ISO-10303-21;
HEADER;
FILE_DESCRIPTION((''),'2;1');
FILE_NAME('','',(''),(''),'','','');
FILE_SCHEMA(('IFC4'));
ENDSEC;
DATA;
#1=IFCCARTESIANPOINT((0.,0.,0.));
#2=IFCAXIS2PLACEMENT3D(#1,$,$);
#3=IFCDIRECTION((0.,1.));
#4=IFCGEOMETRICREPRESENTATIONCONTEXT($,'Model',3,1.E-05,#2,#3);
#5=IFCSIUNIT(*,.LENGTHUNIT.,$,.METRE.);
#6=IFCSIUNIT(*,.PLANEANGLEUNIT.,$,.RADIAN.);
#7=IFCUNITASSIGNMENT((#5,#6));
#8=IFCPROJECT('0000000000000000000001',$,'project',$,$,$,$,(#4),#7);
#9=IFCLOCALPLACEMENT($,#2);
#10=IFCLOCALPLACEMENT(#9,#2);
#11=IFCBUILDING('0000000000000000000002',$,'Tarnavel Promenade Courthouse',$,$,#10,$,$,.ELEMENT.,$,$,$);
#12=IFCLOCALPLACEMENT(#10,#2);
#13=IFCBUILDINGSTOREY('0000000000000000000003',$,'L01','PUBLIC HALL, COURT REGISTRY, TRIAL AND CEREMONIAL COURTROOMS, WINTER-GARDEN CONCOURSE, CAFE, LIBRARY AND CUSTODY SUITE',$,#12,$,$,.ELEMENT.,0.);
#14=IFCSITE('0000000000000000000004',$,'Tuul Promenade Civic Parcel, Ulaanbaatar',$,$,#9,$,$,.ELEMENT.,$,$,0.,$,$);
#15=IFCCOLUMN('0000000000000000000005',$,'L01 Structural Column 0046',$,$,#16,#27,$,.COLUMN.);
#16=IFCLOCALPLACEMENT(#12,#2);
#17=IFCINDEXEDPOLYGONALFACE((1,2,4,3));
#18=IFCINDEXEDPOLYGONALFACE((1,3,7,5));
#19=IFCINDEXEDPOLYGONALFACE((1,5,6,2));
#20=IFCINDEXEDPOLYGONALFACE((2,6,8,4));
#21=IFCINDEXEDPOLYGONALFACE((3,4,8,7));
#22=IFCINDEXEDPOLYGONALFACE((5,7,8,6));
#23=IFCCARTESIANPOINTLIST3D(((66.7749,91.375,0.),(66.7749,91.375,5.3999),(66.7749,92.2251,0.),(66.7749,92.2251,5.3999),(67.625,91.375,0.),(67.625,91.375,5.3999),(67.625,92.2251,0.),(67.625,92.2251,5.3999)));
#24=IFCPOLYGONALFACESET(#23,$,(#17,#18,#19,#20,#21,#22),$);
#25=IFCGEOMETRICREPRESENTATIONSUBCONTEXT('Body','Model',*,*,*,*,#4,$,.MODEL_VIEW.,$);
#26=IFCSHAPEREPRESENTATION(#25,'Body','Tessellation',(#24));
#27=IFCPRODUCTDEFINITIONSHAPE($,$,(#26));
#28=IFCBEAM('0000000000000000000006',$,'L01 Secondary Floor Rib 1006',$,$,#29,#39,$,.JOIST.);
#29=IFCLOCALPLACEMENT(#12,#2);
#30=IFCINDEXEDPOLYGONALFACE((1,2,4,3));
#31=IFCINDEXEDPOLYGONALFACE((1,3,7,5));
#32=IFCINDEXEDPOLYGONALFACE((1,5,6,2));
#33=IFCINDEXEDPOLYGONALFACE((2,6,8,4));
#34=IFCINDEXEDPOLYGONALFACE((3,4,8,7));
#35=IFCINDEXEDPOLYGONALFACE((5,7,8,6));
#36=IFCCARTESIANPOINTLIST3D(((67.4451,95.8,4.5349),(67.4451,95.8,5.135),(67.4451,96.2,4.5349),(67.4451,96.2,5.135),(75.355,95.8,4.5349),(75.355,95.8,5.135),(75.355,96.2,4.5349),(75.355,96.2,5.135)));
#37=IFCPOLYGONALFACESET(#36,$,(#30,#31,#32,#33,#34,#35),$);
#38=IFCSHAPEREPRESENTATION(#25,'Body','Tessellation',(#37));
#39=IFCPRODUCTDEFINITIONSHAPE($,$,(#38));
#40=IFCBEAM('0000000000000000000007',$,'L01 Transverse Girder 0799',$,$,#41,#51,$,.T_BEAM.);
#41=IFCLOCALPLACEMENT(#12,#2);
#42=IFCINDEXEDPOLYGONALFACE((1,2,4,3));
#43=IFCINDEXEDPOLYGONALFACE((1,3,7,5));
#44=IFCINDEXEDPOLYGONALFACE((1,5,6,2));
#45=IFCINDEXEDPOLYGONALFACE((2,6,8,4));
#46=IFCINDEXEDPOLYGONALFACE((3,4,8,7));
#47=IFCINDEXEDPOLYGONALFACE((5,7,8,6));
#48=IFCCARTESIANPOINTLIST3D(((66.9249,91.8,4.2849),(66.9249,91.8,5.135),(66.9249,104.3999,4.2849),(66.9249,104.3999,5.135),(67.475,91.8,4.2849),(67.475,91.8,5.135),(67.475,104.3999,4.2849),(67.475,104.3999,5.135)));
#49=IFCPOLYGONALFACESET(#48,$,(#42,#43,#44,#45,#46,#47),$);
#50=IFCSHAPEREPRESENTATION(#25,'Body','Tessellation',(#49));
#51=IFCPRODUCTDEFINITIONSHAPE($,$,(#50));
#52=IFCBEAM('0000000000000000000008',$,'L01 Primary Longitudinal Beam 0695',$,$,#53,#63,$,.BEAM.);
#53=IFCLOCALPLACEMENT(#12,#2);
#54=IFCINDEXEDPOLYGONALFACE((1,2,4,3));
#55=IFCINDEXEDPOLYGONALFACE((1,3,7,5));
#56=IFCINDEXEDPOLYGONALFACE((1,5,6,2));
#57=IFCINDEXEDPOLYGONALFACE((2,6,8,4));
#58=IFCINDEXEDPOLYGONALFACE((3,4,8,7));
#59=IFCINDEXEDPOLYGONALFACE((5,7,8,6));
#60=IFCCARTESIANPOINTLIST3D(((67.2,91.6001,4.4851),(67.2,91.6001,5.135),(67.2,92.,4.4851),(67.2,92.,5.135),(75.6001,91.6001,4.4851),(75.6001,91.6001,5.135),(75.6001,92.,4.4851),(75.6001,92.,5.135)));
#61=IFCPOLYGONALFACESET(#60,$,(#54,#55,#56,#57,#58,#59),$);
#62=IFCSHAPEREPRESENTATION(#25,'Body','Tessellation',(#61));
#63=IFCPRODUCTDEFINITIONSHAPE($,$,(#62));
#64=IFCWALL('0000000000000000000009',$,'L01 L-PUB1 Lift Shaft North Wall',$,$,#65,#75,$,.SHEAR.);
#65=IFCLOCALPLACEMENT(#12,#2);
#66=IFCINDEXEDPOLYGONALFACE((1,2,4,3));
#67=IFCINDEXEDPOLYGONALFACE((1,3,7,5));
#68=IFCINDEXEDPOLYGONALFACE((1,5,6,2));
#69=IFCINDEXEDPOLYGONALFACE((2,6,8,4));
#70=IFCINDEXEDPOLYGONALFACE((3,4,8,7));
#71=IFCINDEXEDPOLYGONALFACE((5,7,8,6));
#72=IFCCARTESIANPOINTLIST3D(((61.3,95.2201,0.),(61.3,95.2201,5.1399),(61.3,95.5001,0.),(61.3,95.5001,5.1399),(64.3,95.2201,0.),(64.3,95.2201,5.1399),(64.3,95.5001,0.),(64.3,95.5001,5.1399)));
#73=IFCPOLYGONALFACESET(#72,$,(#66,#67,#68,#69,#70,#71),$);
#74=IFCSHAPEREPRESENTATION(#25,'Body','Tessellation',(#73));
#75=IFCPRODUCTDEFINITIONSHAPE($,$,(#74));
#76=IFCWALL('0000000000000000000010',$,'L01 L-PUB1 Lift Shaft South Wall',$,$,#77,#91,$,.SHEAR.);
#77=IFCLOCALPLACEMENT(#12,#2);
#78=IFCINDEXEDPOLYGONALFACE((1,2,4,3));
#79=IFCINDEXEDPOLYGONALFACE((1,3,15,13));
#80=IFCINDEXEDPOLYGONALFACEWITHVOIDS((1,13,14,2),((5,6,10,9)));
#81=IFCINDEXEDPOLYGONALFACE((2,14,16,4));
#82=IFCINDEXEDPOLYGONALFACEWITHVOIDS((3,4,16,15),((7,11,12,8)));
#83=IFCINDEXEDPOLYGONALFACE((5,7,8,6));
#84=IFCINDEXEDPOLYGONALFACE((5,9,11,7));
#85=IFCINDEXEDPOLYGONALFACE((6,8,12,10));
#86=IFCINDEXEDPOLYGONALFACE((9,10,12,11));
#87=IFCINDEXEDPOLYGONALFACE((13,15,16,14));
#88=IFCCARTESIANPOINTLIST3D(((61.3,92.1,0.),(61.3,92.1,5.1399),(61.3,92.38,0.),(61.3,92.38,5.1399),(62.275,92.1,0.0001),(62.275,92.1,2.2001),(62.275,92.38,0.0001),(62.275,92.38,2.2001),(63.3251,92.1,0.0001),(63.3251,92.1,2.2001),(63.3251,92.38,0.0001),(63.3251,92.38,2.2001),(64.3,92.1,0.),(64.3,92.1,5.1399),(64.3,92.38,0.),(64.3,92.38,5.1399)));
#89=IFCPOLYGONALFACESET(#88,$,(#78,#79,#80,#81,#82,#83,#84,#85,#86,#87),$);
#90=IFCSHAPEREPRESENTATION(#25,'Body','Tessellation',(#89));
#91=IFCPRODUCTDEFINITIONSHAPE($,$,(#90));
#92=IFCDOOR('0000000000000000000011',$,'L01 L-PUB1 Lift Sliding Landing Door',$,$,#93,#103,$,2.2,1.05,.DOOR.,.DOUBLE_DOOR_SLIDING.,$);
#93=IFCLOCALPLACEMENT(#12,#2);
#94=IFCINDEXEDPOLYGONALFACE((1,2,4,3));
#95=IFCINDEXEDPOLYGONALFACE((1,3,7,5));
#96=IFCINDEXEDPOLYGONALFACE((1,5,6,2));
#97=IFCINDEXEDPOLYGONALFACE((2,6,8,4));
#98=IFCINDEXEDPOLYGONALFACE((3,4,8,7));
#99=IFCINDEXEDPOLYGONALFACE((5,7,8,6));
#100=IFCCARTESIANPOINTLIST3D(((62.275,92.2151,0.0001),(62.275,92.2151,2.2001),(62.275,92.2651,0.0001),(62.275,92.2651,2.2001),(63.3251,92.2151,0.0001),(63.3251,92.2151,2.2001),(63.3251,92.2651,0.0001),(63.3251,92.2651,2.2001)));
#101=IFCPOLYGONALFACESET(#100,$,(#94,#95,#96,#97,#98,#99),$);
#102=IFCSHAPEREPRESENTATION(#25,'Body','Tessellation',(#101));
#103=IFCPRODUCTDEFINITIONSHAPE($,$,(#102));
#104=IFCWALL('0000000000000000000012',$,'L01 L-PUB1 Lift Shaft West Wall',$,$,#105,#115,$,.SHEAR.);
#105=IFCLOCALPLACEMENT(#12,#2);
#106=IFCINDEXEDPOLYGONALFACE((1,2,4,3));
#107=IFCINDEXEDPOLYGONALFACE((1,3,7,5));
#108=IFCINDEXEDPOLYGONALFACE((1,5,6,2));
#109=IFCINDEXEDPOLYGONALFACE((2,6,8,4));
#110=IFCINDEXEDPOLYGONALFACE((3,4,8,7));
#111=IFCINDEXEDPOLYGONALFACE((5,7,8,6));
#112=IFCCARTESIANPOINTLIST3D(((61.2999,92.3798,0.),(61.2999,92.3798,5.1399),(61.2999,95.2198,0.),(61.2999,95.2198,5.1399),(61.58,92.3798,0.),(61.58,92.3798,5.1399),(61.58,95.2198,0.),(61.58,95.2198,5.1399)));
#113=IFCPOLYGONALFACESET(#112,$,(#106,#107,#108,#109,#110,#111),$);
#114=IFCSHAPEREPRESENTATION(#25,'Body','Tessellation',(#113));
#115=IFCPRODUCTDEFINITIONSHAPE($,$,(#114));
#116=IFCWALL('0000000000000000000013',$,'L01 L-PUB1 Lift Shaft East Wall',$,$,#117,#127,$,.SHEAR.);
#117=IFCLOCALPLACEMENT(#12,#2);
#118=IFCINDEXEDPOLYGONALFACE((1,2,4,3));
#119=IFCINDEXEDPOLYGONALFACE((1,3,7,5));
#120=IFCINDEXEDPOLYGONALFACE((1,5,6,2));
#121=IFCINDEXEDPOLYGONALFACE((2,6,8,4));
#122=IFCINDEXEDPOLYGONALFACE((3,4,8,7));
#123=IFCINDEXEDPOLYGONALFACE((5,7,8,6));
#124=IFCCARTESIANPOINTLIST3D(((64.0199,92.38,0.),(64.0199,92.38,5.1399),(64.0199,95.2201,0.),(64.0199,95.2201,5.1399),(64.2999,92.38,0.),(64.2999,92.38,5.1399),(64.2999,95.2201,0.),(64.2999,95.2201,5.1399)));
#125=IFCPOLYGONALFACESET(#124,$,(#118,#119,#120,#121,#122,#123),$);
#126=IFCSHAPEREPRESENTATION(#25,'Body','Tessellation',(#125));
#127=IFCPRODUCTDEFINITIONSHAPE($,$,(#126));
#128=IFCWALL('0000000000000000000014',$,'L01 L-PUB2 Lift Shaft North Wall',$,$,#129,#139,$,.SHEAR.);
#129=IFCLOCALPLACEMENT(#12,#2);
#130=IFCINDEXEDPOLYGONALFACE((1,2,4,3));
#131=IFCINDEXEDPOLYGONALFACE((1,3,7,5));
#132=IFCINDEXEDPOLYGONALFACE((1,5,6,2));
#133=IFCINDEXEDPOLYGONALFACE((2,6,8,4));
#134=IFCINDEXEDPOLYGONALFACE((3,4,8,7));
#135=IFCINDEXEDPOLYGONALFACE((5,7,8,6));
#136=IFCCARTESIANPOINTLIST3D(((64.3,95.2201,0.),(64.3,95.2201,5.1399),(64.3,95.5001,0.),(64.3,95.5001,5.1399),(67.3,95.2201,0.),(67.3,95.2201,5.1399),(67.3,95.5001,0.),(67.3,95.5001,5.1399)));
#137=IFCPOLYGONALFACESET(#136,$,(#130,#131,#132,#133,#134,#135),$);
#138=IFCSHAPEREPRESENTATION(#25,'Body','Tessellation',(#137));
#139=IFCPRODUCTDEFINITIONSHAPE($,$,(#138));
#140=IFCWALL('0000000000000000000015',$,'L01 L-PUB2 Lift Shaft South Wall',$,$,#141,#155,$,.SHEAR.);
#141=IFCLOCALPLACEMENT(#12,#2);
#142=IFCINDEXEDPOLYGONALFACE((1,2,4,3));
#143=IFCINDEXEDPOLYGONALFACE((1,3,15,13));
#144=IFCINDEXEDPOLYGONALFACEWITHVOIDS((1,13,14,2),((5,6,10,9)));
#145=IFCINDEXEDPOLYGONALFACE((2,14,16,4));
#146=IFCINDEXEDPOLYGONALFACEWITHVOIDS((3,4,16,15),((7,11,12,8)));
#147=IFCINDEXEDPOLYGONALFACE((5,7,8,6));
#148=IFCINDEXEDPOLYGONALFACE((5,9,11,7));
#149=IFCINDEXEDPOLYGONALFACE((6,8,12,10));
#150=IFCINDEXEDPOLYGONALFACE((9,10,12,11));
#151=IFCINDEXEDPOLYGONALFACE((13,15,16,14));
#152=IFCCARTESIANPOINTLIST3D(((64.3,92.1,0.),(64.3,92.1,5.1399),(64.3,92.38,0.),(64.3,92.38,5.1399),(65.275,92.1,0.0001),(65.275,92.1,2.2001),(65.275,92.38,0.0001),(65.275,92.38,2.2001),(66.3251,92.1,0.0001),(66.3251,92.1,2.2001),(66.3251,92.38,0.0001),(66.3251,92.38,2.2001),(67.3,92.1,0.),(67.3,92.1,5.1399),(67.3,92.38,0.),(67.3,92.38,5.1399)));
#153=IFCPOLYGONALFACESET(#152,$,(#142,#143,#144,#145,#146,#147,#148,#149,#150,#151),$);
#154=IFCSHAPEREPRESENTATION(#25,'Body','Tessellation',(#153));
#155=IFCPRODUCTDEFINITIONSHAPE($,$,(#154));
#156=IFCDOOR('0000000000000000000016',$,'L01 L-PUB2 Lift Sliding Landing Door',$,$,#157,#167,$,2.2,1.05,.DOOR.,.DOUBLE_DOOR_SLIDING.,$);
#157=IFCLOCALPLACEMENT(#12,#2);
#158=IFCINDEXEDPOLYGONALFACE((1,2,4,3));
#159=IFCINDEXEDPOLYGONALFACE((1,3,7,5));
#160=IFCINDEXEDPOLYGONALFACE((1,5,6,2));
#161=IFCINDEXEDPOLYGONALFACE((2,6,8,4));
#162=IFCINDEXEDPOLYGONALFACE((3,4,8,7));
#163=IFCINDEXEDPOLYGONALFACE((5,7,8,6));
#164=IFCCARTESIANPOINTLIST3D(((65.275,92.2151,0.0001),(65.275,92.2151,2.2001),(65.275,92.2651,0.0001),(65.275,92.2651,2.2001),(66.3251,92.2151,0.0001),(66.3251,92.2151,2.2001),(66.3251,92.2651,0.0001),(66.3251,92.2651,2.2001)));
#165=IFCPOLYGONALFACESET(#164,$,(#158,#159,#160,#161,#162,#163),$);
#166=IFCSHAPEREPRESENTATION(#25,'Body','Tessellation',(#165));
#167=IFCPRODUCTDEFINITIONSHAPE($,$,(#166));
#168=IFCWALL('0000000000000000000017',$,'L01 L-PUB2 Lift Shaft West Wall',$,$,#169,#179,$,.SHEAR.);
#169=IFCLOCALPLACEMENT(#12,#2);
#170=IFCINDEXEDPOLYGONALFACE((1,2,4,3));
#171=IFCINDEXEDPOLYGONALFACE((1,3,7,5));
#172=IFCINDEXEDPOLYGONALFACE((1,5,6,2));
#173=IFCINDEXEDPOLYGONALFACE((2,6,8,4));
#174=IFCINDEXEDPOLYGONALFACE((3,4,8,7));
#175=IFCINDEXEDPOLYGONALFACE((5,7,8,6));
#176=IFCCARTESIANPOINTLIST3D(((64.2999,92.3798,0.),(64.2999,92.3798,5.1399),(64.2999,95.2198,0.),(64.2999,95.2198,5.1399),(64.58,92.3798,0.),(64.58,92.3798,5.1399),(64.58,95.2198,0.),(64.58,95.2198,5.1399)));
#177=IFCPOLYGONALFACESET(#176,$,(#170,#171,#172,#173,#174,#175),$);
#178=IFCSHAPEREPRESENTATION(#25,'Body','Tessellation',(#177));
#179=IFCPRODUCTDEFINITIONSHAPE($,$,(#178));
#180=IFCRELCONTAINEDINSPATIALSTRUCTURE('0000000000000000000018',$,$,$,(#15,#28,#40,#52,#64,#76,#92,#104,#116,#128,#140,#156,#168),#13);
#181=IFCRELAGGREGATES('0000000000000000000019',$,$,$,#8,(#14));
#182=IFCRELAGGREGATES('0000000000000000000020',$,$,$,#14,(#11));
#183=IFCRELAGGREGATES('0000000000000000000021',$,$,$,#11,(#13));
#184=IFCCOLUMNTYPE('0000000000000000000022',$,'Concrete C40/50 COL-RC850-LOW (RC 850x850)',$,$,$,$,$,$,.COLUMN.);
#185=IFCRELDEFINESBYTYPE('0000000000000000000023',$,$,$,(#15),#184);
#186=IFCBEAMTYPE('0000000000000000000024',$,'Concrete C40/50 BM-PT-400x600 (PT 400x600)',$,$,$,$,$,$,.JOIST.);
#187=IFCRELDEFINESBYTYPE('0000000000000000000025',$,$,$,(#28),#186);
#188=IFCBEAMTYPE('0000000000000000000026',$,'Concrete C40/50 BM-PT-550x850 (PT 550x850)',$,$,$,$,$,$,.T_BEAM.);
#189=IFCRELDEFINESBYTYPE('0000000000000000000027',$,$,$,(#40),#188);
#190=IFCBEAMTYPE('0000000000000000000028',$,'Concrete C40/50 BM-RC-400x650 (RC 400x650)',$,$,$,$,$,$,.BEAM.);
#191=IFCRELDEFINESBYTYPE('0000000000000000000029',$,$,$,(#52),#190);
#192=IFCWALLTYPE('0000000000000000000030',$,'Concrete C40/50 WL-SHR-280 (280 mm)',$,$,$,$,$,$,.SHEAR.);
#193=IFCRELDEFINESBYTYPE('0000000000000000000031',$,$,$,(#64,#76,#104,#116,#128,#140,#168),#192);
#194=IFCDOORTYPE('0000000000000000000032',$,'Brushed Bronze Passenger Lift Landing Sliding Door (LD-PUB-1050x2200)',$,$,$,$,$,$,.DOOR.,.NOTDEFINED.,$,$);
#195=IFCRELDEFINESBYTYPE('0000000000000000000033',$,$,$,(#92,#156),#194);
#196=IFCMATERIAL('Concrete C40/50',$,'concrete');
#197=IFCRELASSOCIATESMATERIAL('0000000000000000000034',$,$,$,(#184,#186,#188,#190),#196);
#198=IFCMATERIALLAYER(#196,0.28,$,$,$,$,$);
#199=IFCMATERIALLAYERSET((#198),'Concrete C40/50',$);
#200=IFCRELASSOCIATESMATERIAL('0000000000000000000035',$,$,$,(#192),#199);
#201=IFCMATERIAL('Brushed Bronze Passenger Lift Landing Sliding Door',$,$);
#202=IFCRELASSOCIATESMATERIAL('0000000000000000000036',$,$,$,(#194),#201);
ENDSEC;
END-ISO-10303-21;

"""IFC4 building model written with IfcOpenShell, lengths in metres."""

from ifc_helpers import new_model, si_unit, direction, frame, frame_2d, origin, origin_2d, place, context, subcontext, project, spatial, rectangle, extrude, material, layer, layer_set, material_profile, profile_set, type_object, element, fill, save


model = new_model("IFC4")

# Units and contexts
model_context = context("Model", 3, precision=1e-05, world=origin(), true_north=direction((0.0, 1.0)))
body_context = subcontext(model_context, "Body", "Model", "MODEL_VIEW")
ifc_project = project(units=[si_unit("LENGTHUNIT", "METRE"), si_unit("PLANEANGLEUNIT", "RADIAN")], contexts=[model_context])

# Site, building, storey
site_placement = place(None, origin())
site = spatial("IfcSite", under=ifc_project, at=site_placement, Name="Tuul Promenade Civic Parcel, Ulaanbaatar", CompositionType="ELEMENT", RefElevation=0.0)
building_placement = place(site_placement, origin())
building = spatial("IfcBuilding", under=site, at=building_placement, Name="Tarnavel Promenade Courthouse", CompositionType="ELEMENT")
storey_placement = place(building_placement, origin())
storey = spatial("IfcBuildingStorey", under=building, at=storey_placement, Name="L01", Description="PUBLIC HALL, COURT REGISTRY, TRIAL AND CEREMONIAL COURTROOMS, WINTER-GARDEN CONCOURSE, CAFE, LIBRARY AND CUSTODY SUITE", CompositionType="ELEMENT", Elevation=0.0)

# Column
ifc_material_1 = material(Name="Concrete C40/50", Category="concrete")
ifc_material_profile_1 = material_profile(ifc_material_1, rectangle(XDim=0.8501, YDim=0.8501, at=origin_2d()), Name="RC 850x850")
ifc_profile_set_1 = profile_set([ifc_material_profile_1], Name="Concrete C40/50")
column_type = type_object("IfcColumnType", Name="Concrete C40/50 COL-RC850-LOW (RC 850x850)", PredefinedType="COLUMN", material=ifc_profile_set_1)
column_placement = place(storey_placement, frame((67.2, 91.8, 0.0), z_axis=(0.0, 0.0, 1.0), x_axis=(1.0, 0.0, 0.0)))
element("IfcColumn", 1, at=column_placement, inside=storey, type_object=column_type, Name="L01 Structural Column 0046", PredefinedType="COLUMN", context=body_context, shape_type="SweptSolid", body=[
    extrude(rectangle(XDim=0.8501, YDim=0.8501, at=origin_2d()), origin(), (0.0, 0.0, 1.0), 5.3999),
])

# Beams
ifc_material_profile_2 = material_profile(ifc_material_1, rectangle(XDim=0.3999, YDim=0.6001, at=origin_2d()), Name="PT 400x600")
ifc_profile_set_2 = profile_set([ifc_material_profile_2], Name="Concrete C40/50")
beam_type_1 = type_object("IfcBeamType", Name="Concrete C40/50 BM-PT-400x600 (PT 400x600)", PredefinedType="JOIST", material=ifc_profile_set_2)
beam_1_placement = place(storey_placement, frame((67.4451, 96.0, 4.835), z_axis=(1.0, 0.0, 0.0), x_axis=(0.0, 1.0, 0.0)))
element("IfcBeam", 2, at=beam_1_placement, inside=storey, type_object=beam_type_1, Name="L01 Secondary Floor Rib 1006", PredefinedType="JOIST", context=body_context, shape_type="SweptSolid", body=[
    extrude(rectangle(XDim=0.3999, YDim=0.6001, at=origin_2d()), origin(), (0.0, 0.0, 1.0), 7.9099),
])
ifc_material_profile_3 = material_profile(ifc_material_1, rectangle(XDim=0.55, YDim=0.8501, at=origin_2d()), Name="PT 550x850")
ifc_profile_set_3 = profile_set([ifc_material_profile_3], Name="Concrete C40/50")
beam_type_2 = type_object("IfcBeamType", Name="Concrete C40/50 BM-PT-550x850 (PT 550x850)", PredefinedType="T_BEAM", material=ifc_profile_set_3)
beam_2_placement = place(storey_placement, frame((67.2, 91.8, 4.71), z_axis=(0.0, 1.0, 0.0), x_axis=(-1.0, 0.0, 0.0)))
element("IfcBeam", 3, at=beam_2_placement, inside=storey, type_object=beam_type_2, Name="L01 Transverse Girder 0799", PredefinedType="T_BEAM", context=body_context, shape_type="SweptSolid", body=[
    extrude(rectangle(XDim=0.55, YDim=0.8501, at=origin_2d()), origin(), (0.0, 0.0, 1.0), 12.5999),
])
ifc_material_profile_4 = material_profile(ifc_material_1, rectangle(XDim=0.3999, YDim=0.6499, at=origin_2d()), Name="RC 400x650")
ifc_profile_set_4 = profile_set([ifc_material_profile_4], Name="Concrete C40/50")
beam_type_3 = type_object("IfcBeamType", Name="Concrete C40/50 BM-RC-400x650 (RC 400x650)", PredefinedType="BEAM", material=ifc_profile_set_4)
beam_3_placement = place(storey_placement, frame((67.2, 91.8, 4.8101), z_axis=(1.0, 0.0, 0.0), x_axis=(0.0, 1.0, 0.0)))
element("IfcBeam", 4, at=beam_3_placement, inside=storey, type_object=beam_type_3, Name="L01 Primary Longitudinal Beam 0695", PredefinedType="BEAM", context=body_context, shape_type="SweptSolid", body=[
    extrude(rectangle(XDim=0.3999, YDim=0.6499, at=origin_2d()), origin(), (0.0, 0.0, 1.0), 8.4001),
])

# Wall
ifc_layer_1 = layer(ifc_material_1, 0.28)
ifc_layer_set_1 = layer_set([ifc_layer_1], Name="Concrete C40/50")
wall_type_1 = type_object("IfcWallType", Name="Concrete C40/50 WL-SHR-280 (280 mm)", PredefinedType="SHEAR", material=ifc_layer_set_1)
wall_1_placement = place(storey_placement, frame((61.3, 95.3601, 0.0), z_axis=(0.0, 0.0, 1.0), x_axis=(1.0, 0.0, 0.0)))
element("IfcWall", 5, at=wall_1_placement, inside=storey, type_object=wall_type_1, Name="L01 L-PUB1 Lift Shaft North Wall", PredefinedType="SHEAR", context=body_context, shape_type="SweptSolid", body=[
    extrude(rectangle(XDim=3.0, YDim=0.28, at=frame_2d((1.5, 0.0))), origin(), (0.0, 0.0, 1.0), 5.1399),
])

# Wall, opening, door
wall_2_placement = place(storey_placement, frame((64.3, 92.24, 0.0), z_axis=(0.0, 0.0, 1.0), x_axis=(-1.0, 0.0, 0.0)))
wall_2 = element("IfcWall", 6, at=wall_2_placement, inside=storey, type_object=wall_type_1, Name="L01 L-PUB1 Lift Shaft South Wall", PredefinedType="SHEAR", context=body_context, shape_type="SweptSolid", body=[
    extrude(rectangle(XDim=3.0, YDim=0.28, at=frame_2d((1.5, 0.0))), origin(), (0.0, 0.0, 1.0), 5.1399),
])
opening_1_placement = place(wall_2_placement, frame((0.9751, 0.0, 0.0)))
opening_1 = element("IfcOpeningElement", 7, at=opening_1_placement, cuts=wall_2, PredefinedType="OPENING", context=body_context, shape_type="SweptSolid", body=[
    extrude(rectangle(XDim=1.05, YDim=2.2, at=frame_2d((0.5249, 1.1001))), frame((0.0, 0.1499, 0.0), z_axis=(0.0, -1.0, 0.0), x_axis=(1.0, 0.0, 0.0)), (0.0, 0.0, 1.0), 0.3),
])
ifc_material_2 = material(Name="Brushed Bronze Passenger Lift Landing Sliding Door")
door_type_1 = type_object("IfcDoorType", Name="Brushed Bronze Passenger Lift Landing Sliding Door (LD-PUB-1050x2200)", OperationType="NOTDEFINED", PredefinedType="DOOR", material=ifc_material_2)
door_1_placement = place(opening_1_placement, origin())
door_1 = element("IfcDoor", 8, at=door_1_placement, inside=storey, type_object=door_type_1, Name="L01 L-PUB1 Lift Sliding Landing Door", OperationType="DOUBLE_DOOR_SLIDING", OverallHeight=2.2, OverallWidth=1.05, PredefinedType="DOOR", context=body_context, shape_type="SweptSolid", body=[
    extrude(rectangle(XDim=1.05, YDim=2.2, at=frame_2d((0.5249, 1.1001))), frame((0.0, 0.0249, 0.0), z_axis=(0.0, -1.0, 0.0), x_axis=(1.0, 0.0, 0.0)), (0.0, 0.0, 1.0), 0.05),
])
fill(opening_1, door_1)

# Walls
for number, where, z_axis, x_axis, name in (
    (9, (61.4399, 92.3799, 0.0), (0.0, 0.0, 1.0), (0.0, 1.0, 0.0), "L01 L-PUB1 Lift Shaft West Wall"),
    (10, (64.1599, 95.22, 0.0), (0.0, 0.0, 1.0), (0.0, -1.0, 0.0), "L01 L-PUB1 Lift Shaft East Wall"),
):
    element("IfcWall", number, at=place(storey_placement, frame(where, z_axis=z_axis, x_axis=x_axis)), inside=storey, type_object=wall_type_1, Name=name, PredefinedType="SHEAR", context=body_context, shape_type="SweptSolid", body=[
        extrude(rectangle(XDim=2.8401, YDim=0.28, at=frame_2d((1.4199, 0.0))), origin(), (0.0, 0.0, 1.0), 5.1399),
    ])
wall_3_placement = place(storey_placement, frame((64.3, 95.3601, 0.0), z_axis=(0.0, 0.0, 1.0), x_axis=(1.0, 0.0, 0.0)))
element("IfcWall", 11, at=wall_3_placement, inside=storey, type_object=wall_type_1, Name="L01 L-PUB2 Lift Shaft North Wall", PredefinedType="SHEAR", context=body_context, shape_type="SweptSolid", body=[
    extrude(rectangle(XDim=3.0, YDim=0.28, at=frame_2d((1.5, 0.0))), origin(), (0.0, 0.0, 1.0), 5.1399),
])

# Wall, opening, door
wall_4_placement = place(storey_placement, frame((67.3, 92.24, 0.0), z_axis=(0.0, 0.0, 1.0), x_axis=(-1.0, 0.0, 0.0)))
wall_4 = element("IfcWall", 12, at=wall_4_placement, inside=storey, type_object=wall_type_1, Name="L01 L-PUB2 Lift Shaft South Wall", PredefinedType="SHEAR", context=body_context, shape_type="SweptSolid", body=[
    extrude(rectangle(XDim=3.0, YDim=0.28, at=frame_2d((1.5, 0.0))), origin(), (0.0, 0.0, 1.0), 5.1399),
])
opening_2_placement = place(wall_4_placement, frame((0.9751, 0.0, 0.0)))
opening_2 = element("IfcOpeningElement", 13, at=opening_2_placement, cuts=wall_4, PredefinedType="OPENING", context=body_context, shape_type="SweptSolid", body=[
    extrude(rectangle(XDim=1.05, YDim=2.2, at=frame_2d((0.5249, 1.1001))), frame((0.0, 0.1499, 0.0), z_axis=(0.0, -1.0, 0.0), x_axis=(1.0, 0.0, 0.0)), (0.0, 0.0, 1.0), 0.3),
])
door_2_placement = place(opening_2_placement, origin())
door_2 = element("IfcDoor", 14, at=door_2_placement, inside=storey, type_object=door_type_1, Name="L01 L-PUB2 Lift Sliding Landing Door", OperationType="DOUBLE_DOOR_SLIDING", OverallHeight=2.2, OverallWidth=1.05, PredefinedType="DOOR", context=body_context, shape_type="SweptSolid", body=[
    extrude(rectangle(XDim=1.05, YDim=2.2, at=frame_2d((0.5249, 1.1001))), frame((0.0, 0.0249, 0.0), z_axis=(0.0, -1.0, 0.0), x_axis=(1.0, 0.0, 0.0)), (0.0, 0.0, 1.0), 0.05),
])
fill(opening_2, door_2)

# Wall
for number, where, z_axis, x_axis, name in (
    (15, (64.4399, 92.3799, 0.0), (0.0, 0.0, 1.0), (0.0, 1.0, 0.0), "L01 L-PUB2 Lift Shaft West Wall"),
):
    element("IfcWall", number, at=place(storey_placement, frame(where, z_axis=z_axis, x_axis=x_axis)), inside=storey, type_object=wall_type_1, Name=name, PredefinedType="SHEAR", context=body_context, shape_type="SweptSolid", body=[
        extrude(rectangle(XDim=2.8401, YDim=0.28, at=frame_2d((1.4199, 0.0))), origin(), (0.0, 0.0, 1.0), 5.1399),
    ])

save(model, "model.ifc")
